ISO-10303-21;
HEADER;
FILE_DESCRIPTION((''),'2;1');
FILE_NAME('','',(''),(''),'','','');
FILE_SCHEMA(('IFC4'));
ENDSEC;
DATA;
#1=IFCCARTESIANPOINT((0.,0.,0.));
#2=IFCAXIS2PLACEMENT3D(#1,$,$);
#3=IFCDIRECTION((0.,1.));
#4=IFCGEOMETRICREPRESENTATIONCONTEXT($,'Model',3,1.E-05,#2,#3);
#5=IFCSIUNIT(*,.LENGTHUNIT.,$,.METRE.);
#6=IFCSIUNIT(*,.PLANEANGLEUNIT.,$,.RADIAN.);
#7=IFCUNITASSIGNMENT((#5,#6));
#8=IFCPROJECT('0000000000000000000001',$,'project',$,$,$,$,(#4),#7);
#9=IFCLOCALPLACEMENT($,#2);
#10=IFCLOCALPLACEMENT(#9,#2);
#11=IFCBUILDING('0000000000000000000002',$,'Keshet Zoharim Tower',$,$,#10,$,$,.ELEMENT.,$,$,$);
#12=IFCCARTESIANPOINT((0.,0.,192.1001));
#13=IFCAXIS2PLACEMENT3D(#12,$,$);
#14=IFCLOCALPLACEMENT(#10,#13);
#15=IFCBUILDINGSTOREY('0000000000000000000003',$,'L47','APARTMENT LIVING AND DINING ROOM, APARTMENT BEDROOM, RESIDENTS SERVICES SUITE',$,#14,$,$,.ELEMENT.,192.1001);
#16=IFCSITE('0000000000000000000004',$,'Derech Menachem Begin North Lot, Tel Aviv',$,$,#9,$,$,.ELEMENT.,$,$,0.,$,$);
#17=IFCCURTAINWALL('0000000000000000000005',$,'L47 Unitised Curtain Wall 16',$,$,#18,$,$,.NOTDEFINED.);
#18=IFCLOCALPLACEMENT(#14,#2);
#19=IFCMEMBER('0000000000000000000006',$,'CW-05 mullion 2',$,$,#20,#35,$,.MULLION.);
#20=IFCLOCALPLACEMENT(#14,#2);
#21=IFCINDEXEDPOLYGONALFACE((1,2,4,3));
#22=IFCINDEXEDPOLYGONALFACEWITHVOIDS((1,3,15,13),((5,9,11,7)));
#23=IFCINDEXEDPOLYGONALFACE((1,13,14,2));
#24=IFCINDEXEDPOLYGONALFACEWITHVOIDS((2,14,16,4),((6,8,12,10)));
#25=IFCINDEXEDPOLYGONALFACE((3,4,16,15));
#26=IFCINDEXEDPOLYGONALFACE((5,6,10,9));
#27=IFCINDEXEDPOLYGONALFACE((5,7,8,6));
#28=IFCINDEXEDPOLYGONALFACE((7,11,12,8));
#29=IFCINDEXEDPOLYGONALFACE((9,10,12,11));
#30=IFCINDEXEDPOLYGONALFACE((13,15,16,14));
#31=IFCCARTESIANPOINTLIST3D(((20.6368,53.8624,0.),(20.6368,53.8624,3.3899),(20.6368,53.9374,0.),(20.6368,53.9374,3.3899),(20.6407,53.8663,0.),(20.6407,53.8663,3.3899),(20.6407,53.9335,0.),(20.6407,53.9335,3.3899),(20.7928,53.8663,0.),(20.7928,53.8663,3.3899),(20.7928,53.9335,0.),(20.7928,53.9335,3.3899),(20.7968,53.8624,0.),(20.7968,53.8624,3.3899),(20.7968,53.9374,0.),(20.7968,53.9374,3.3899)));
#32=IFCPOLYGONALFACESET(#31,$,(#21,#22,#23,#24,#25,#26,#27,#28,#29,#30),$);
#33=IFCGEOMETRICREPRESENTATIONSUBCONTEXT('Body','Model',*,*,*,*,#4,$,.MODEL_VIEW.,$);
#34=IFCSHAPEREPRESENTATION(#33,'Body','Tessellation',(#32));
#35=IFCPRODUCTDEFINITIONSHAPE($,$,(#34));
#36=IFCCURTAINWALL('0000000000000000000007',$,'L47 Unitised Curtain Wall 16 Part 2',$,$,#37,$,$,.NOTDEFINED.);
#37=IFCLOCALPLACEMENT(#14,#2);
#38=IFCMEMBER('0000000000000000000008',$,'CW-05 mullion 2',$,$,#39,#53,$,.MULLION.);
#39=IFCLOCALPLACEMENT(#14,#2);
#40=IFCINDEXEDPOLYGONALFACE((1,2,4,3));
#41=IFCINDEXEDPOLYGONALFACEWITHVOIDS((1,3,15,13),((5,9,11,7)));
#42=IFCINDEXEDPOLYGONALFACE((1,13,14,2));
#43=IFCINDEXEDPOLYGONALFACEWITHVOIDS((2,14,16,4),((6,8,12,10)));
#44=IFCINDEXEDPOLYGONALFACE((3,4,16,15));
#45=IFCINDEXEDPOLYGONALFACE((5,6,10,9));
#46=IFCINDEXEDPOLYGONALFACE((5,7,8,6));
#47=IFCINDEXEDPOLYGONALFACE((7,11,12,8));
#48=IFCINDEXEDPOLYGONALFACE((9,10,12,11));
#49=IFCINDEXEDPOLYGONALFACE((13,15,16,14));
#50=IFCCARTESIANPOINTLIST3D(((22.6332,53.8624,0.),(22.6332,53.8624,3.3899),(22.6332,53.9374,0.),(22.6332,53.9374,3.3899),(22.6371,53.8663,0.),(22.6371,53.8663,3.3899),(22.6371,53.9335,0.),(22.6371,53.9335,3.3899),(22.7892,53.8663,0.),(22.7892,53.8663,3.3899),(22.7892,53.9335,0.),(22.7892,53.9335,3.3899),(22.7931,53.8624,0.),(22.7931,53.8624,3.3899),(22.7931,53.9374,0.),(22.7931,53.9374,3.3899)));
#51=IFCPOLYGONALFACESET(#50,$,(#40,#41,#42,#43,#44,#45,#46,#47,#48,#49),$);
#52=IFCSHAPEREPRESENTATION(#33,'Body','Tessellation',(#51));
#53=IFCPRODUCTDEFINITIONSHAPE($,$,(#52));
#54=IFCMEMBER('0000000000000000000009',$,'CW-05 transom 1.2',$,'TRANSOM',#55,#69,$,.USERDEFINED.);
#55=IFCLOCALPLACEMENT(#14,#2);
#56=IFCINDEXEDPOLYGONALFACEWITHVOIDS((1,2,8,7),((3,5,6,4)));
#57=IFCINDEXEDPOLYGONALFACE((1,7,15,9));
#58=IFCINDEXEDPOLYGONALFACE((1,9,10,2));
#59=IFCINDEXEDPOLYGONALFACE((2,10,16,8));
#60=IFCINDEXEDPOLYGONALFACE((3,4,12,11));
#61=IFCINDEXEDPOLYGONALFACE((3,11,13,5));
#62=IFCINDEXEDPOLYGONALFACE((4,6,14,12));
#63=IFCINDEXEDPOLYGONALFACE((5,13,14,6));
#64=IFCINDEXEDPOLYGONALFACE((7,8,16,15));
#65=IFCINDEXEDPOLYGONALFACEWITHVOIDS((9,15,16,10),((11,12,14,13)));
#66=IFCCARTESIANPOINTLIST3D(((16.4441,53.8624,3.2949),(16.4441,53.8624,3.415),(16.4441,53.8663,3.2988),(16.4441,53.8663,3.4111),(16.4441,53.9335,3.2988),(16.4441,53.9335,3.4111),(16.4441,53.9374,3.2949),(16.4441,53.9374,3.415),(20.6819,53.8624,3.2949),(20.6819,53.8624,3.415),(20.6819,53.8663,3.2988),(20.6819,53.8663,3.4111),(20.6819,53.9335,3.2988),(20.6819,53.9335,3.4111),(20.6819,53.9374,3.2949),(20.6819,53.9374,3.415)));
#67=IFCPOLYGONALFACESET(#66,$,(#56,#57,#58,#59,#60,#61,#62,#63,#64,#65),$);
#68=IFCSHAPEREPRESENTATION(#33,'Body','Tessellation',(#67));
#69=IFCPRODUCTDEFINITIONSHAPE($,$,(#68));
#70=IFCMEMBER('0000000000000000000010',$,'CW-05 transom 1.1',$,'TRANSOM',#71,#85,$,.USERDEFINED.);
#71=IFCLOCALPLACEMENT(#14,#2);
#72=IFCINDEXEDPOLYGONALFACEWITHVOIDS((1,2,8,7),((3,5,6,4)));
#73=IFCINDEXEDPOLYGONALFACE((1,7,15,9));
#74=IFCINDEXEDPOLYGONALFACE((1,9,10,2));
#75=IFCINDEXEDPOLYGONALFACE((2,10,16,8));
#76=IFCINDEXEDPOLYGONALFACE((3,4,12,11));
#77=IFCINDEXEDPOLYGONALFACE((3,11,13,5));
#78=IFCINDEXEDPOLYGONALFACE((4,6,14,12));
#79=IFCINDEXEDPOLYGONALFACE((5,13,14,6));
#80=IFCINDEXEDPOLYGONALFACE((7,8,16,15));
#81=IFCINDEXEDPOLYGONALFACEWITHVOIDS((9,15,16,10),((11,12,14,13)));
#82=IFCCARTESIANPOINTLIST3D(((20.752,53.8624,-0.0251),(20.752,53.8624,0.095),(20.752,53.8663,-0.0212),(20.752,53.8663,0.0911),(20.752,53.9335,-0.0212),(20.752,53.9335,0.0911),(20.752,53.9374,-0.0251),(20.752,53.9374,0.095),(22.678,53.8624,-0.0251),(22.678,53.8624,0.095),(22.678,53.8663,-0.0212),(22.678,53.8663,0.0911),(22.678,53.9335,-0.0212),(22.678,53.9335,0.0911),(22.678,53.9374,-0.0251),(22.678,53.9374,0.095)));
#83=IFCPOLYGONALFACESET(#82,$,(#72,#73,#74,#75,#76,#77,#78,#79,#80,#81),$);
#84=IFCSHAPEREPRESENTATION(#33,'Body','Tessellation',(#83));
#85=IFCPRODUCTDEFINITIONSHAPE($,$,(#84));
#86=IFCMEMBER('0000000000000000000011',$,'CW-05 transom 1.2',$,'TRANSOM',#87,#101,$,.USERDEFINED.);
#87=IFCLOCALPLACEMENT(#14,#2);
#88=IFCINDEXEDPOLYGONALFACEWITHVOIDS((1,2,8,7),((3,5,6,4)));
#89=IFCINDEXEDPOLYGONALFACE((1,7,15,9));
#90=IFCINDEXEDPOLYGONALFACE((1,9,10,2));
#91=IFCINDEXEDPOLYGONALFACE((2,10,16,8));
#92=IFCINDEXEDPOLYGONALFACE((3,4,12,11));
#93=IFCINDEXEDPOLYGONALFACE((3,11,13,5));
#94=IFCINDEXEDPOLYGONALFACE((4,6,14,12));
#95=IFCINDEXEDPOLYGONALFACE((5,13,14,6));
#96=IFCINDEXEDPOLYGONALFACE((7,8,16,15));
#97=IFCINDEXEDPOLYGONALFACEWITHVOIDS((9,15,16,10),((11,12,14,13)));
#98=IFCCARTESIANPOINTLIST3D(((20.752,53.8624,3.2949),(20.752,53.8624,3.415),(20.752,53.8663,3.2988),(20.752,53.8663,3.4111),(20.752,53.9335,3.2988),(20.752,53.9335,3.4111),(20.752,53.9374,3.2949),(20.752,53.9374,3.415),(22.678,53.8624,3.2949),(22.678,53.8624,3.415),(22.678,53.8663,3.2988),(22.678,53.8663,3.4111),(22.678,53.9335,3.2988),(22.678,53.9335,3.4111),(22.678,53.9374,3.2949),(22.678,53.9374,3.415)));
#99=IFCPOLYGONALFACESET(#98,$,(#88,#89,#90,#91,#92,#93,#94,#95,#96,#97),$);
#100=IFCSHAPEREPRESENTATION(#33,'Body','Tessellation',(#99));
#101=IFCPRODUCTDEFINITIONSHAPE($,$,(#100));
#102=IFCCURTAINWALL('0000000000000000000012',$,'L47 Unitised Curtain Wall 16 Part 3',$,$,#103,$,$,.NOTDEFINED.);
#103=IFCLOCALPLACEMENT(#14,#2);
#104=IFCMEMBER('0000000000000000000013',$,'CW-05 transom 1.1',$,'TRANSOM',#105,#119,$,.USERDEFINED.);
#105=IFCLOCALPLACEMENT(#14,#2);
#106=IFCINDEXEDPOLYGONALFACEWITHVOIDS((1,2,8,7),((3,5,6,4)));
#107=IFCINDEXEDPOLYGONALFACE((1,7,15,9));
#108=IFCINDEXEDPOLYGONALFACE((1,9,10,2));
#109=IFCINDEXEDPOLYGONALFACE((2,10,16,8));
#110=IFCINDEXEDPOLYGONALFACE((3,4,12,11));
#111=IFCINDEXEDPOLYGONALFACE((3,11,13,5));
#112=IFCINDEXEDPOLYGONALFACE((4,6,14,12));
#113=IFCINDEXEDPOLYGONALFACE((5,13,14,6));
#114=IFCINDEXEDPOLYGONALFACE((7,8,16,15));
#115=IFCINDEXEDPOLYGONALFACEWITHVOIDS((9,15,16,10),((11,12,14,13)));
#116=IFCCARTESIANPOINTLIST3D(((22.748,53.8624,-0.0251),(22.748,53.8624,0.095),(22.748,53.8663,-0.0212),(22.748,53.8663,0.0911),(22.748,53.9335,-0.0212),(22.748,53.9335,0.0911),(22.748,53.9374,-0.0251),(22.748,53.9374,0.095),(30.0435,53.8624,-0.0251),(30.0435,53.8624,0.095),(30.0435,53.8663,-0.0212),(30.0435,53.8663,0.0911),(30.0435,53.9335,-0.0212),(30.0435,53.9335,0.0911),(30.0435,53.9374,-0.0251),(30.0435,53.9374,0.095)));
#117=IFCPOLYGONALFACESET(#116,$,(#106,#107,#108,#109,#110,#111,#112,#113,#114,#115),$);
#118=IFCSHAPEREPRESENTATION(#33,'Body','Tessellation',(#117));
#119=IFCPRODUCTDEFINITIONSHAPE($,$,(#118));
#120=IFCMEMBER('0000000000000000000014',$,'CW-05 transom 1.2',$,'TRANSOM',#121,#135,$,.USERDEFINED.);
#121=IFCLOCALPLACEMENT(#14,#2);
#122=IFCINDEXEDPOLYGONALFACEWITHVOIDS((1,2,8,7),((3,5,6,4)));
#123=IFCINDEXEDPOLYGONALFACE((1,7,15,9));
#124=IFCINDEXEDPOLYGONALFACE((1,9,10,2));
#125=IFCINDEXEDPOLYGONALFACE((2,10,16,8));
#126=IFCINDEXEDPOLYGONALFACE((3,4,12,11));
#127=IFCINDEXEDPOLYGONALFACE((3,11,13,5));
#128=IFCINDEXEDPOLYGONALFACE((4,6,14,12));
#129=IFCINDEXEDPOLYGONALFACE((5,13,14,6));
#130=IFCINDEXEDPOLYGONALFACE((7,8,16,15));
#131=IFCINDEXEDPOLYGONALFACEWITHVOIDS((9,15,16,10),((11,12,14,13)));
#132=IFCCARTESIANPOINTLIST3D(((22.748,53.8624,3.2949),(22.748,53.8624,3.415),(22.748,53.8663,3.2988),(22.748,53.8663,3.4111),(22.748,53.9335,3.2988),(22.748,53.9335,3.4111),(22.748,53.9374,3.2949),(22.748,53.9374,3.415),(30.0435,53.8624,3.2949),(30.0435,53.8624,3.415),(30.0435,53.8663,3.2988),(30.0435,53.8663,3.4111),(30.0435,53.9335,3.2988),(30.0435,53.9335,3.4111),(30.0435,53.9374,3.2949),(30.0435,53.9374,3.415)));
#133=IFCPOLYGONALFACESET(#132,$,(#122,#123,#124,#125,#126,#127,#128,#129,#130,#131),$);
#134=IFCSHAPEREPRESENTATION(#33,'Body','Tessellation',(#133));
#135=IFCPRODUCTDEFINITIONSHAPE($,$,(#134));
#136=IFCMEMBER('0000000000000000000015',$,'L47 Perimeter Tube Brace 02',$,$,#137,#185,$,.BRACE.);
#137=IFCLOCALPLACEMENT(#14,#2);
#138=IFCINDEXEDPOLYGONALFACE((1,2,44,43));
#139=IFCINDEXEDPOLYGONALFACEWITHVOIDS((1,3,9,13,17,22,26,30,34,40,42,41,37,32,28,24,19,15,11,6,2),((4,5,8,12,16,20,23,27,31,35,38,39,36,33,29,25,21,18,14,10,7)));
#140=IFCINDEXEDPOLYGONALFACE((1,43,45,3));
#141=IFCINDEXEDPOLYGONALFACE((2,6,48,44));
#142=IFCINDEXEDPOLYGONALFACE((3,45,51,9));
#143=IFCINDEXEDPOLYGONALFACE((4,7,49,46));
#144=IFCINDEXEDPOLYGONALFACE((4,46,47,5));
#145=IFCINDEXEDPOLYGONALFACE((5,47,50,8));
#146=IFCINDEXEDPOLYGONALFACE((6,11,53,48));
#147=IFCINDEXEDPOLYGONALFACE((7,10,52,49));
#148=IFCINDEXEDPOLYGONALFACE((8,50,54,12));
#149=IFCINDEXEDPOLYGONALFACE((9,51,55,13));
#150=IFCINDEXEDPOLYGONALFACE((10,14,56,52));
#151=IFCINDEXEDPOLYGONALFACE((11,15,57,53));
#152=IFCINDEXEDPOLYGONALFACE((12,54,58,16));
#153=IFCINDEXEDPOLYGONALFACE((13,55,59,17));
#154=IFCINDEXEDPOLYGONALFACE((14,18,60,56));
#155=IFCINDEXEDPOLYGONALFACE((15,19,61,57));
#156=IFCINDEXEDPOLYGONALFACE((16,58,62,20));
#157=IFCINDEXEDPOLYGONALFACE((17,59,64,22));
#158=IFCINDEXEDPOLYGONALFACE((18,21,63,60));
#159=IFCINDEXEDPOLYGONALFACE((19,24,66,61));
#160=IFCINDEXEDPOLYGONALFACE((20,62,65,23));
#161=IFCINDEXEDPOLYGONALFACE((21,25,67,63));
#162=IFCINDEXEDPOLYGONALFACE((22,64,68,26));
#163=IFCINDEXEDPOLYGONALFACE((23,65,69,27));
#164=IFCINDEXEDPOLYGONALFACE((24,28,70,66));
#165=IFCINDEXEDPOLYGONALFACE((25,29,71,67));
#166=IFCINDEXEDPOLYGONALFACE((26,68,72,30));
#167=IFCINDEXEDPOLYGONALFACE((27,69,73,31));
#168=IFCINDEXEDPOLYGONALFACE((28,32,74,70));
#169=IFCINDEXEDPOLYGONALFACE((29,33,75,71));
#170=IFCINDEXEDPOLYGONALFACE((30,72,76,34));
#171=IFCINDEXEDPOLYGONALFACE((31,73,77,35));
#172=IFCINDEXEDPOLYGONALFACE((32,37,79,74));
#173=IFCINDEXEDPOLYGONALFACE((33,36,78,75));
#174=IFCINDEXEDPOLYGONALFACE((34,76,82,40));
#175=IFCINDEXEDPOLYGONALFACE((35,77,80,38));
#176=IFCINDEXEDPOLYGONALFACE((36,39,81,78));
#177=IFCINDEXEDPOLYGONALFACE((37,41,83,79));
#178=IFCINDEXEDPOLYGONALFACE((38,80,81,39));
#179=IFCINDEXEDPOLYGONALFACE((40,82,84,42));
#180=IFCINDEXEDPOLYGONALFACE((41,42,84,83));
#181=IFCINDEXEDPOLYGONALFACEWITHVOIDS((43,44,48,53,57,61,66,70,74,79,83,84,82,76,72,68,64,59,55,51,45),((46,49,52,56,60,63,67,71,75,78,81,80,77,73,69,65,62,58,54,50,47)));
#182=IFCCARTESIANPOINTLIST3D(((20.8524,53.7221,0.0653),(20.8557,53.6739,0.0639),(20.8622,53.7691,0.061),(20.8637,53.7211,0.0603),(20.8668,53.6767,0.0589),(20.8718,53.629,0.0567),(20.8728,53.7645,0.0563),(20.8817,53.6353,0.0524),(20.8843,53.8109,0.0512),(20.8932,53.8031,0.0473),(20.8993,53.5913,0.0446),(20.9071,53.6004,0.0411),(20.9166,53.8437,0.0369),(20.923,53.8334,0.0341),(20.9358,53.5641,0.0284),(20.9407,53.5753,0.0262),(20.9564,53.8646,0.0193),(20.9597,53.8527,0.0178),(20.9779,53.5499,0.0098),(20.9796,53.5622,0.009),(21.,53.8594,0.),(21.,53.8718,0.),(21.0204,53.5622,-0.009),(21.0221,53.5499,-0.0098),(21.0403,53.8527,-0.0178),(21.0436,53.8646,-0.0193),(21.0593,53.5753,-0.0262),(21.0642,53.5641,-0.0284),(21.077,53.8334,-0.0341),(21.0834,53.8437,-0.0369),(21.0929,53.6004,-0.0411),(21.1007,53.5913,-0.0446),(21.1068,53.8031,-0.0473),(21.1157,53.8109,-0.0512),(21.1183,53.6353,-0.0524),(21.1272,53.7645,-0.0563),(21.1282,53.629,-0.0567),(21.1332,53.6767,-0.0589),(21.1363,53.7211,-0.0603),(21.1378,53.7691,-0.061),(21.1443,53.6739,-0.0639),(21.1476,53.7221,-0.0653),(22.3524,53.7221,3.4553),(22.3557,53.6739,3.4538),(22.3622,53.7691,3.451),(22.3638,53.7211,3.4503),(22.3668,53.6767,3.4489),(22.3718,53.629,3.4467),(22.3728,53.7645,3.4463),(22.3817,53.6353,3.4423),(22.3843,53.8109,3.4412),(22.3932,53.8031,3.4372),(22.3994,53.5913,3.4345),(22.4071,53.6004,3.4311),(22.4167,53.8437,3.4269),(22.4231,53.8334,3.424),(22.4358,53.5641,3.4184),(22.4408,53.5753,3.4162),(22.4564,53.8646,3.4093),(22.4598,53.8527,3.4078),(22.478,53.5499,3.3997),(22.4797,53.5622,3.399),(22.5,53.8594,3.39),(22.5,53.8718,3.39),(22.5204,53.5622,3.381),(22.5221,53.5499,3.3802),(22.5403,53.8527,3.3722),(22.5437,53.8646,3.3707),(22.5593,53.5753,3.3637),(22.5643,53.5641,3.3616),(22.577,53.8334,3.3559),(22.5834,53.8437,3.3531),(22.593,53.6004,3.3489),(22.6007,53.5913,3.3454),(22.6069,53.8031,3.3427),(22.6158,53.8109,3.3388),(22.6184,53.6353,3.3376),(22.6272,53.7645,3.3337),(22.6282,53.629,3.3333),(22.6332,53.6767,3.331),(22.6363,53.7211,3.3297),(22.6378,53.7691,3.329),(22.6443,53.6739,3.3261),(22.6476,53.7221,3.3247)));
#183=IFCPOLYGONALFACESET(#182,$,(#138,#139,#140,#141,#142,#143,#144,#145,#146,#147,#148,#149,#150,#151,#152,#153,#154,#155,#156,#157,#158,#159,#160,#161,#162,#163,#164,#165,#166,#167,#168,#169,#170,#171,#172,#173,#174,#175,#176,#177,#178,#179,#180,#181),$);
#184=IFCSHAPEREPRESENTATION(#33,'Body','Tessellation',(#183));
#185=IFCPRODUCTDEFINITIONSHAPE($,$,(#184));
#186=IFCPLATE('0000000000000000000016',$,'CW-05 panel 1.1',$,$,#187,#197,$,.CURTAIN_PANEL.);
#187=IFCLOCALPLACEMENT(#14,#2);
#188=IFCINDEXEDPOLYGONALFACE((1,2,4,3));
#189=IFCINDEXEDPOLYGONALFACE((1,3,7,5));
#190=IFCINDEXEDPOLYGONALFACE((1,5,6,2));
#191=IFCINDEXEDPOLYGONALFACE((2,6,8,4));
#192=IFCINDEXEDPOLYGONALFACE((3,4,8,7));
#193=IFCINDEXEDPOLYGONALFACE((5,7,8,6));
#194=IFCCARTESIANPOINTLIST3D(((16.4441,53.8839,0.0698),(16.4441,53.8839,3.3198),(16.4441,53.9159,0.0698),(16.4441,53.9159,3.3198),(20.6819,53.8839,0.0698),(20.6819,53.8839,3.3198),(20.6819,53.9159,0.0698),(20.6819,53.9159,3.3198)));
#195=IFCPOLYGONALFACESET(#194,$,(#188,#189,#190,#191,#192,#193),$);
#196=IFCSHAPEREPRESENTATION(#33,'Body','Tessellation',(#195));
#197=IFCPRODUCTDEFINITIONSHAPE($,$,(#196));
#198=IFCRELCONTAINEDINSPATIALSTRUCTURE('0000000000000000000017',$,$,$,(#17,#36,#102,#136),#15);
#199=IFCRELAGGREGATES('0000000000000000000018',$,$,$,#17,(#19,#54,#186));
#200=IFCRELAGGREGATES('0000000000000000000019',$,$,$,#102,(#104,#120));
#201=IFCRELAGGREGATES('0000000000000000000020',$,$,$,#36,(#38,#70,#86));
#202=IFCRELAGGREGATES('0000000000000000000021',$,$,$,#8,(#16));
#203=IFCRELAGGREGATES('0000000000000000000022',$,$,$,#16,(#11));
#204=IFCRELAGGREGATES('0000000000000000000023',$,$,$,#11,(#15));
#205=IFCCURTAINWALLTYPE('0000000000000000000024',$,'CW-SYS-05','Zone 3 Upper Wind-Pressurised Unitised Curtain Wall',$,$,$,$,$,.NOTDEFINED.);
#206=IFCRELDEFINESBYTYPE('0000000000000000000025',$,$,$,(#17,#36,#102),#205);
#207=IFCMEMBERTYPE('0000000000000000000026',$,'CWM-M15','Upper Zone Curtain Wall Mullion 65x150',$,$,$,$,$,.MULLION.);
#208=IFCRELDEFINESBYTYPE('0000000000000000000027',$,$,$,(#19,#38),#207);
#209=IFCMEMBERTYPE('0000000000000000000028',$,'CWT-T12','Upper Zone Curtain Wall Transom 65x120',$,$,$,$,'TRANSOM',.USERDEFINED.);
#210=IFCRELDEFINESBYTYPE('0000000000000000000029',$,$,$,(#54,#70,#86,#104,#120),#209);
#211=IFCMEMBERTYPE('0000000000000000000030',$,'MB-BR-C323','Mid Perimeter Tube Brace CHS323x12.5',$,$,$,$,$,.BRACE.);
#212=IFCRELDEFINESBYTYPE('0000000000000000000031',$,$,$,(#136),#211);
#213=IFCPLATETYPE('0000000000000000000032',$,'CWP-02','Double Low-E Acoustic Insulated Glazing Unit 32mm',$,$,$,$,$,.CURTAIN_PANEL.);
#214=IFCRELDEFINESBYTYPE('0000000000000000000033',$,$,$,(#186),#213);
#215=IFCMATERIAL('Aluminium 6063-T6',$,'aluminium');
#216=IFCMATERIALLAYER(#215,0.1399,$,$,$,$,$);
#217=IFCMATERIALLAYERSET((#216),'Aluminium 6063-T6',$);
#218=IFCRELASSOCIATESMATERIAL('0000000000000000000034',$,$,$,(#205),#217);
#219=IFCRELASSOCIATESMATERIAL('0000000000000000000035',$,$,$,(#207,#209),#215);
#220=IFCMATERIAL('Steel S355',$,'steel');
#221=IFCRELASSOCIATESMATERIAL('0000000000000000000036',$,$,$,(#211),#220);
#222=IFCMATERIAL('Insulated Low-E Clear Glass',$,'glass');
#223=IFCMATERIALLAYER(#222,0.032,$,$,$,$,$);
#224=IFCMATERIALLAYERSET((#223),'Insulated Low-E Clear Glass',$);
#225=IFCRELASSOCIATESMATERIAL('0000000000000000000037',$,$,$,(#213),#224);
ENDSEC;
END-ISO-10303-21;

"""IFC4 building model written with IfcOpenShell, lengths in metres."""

from ifc_helpers import new_model, si_unit, direction, frame, origin, origin_2d, place, context, subcontext, project, spatial, rectangle, hollow_rectangle, hollow_circle, extrude, material, layer, layer_set, material_profile, profile_set, type_object, element, aggregate, save


model = new_model("IFC4")

# Units and contexts
model_context = context("Model", 3, precision=1e-05, world=origin(), true_north=direction((0.0, 1.0)))
body_context = subcontext(model_context, "Body", "Model", "MODEL_VIEW")
ifc_project = project(units=[si_unit("LENGTHUNIT", "METRE"), si_unit("PLANEANGLEUNIT", "RADIAN")], contexts=[model_context])

# Site, building, storey
site_placement = place(None, origin())
site = spatial("IfcSite", under=ifc_project, at=site_placement, Name="Derech Menachem Begin North Lot, Tel Aviv", CompositionType="ELEMENT", RefElevation=0.0)
building_placement = place(site_placement, origin())
building = spatial("IfcBuilding", under=site, at=building_placement, Name="Keshet Zoharim Tower", CompositionType="ELEMENT")
storey_placement = place(building_placement, frame((0.0, 0.0, 192.1001)))
storey = spatial("IfcBuildingStorey", under=building, at=storey_placement, Name="L47", Description="APARTMENT LIVING AND DINING ROOM, APARTMENT BEDROOM, RESIDENTS SERVICES SUITE", CompositionType="ELEMENT", Elevation=192.1001)

# Shared definitions
ifc_material_1 = material(Name="Steel S355", Category="steel")

# Curtain walls, members
ifc_material_2 = material(Name="Aluminium 6063-T6", Category="aluminium")
ifc_layer_1 = layer(ifc_material_2, 0.1399)
ifc_layer_set_1 = layer_set([ifc_layer_1], Name="Aluminium 6063-T6")
curtain_wall_type = type_object("IfcCurtainWallType", Name="CW-SYS-05", Description="Zone 3 Upper Wind-Pressurised Unitised Curtain Wall", PredefinedType="NOTDEFINED", material=ifc_layer_set_1)
curtain_wall_1_placement = place(storey_placement, origin())
curtain_wall_1 = element("IfcCurtainWall", 1, at=curtain_wall_1_placement, inside=storey, type_object=curtain_wall_type, Name="L47 Unitised Curtain Wall 16", PredefinedType="NOTDEFINED")
ifc_material_profile_1 = material_profile(ifc_material_2, hollow_rectangle(XDim=0.075, YDim=0.1599, WallThickness=0.0039, at=origin_2d()), Name="MUL-75x160")
ifc_profile_set_1 = profile_set([ifc_material_profile_1], Name="Aluminium 6063-T6")
member_type_1 = type_object("IfcMemberType", Name="CWM-M15", Description="Upper Zone Curtain Wall Mullion 65x150", PredefinedType="MULLION", material=ifc_profile_set_1)
member_1_placement = place(storey_placement, frame((20.7168, 53.8999, 0.0), z_axis=(0.0, 0.0, 1.0), x_axis=(0.0, 1.0, 0.0)))
member_1 = element("IfcMember", 2, at=member_1_placement, type_object=member_type_1, Name="CW-05 mullion 2", PredefinedType="MULLION", context=body_context, shape_type="SweptSolid", body=[
    extrude(hollow_rectangle(XDim=0.075, YDim=0.1599, WallThickness=0.0039, at=origin_2d()), origin(), (0.0, 0.0, 1.0), 3.3899),
])
curtain_wall_2_placement = place(storey_placement, origin())
curtain_wall_2 = element("IfcCurtainWall", 3, at=curtain_wall_2_placement, inside=storey, type_object=curtain_wall_type, Name="L47 Unitised Curtain Wall 16 Part 2", PredefinedType="NOTDEFINED")
member_2_placement = place(storey_placement, frame((22.7131, 53.8999, 0.0), z_axis=(0.0, 0.0, 1.0), x_axis=(0.0, 1.0, 0.0)))
member_2 = element("IfcMember", 4, at=member_2_placement, type_object=member_type_1, Name="CW-05 mullion 2", PredefinedType="MULLION", context=body_context, shape_type="SweptSolid", body=[
    extrude(hollow_rectangle(XDim=0.075, YDim=0.1599, WallThickness=0.0039, at=origin_2d()), origin(), (0.0, 0.0, 1.0), 3.3899),
])

# Members
ifc_material_profile_2 = material_profile(ifc_material_2, hollow_rectangle(XDim=0.075, YDim=0.1201, WallThickness=0.0039, at=origin_2d()), Name="TRN-75x120")
ifc_profile_set_2 = profile_set([ifc_material_profile_2], Name="Aluminium 6063-T6")
member_type_2 = type_object("IfcMemberType", Name="CWT-T12", Description="Upper Zone Curtain Wall Transom 65x120", ElementType="TRANSOM", PredefinedType="USERDEFINED", material=ifc_profile_set_2)
member_3_placement = place(storey_placement, frame((16.4441, 53.8999, 3.355), z_axis=(1.0, 0.0, 0.0), x_axis=(0.0, 1.0, 0.0)))
member_3 = element("IfcMember", 5, at=member_3_placement, type_object=member_type_2, Name="CW-05 transom 1.2", ObjectType="TRANSOM", PredefinedType="USERDEFINED", context=body_context, shape_type="SweptSolid", body=[
    extrude(hollow_rectangle(XDim=0.075, YDim=0.1201, WallThickness=0.0039, at=origin_2d()), origin(), (0.0, 0.0, 1.0), 4.2378),
])
member_4_placement = place(storey_placement, frame((20.752, 53.8999, 0.0349), z_axis=(1.0, 0.0, 0.0), x_axis=(0.0, 1.0, 0.0)))
member_4 = element("IfcMember", 6, at=member_4_placement, type_object=member_type_2, Name="CW-05 transom 1.1", ObjectType="TRANSOM", PredefinedType="USERDEFINED", context=body_context, shape_type="SweptSolid", body=[
    extrude(hollow_rectangle(XDim=0.075, YDim=0.1201, WallThickness=0.0039, at=origin_2d()), origin(), (0.0, 0.0, 1.0), 1.926),
])
member_5_placement = place(storey_placement, frame((20.752, 53.8999, 3.355), z_axis=(1.0, 0.0, 0.0), x_axis=(0.0, 1.0, 0.0)))
member_5 = element("IfcMember", 7, at=member_5_placement, type_object=member_type_2, Name="CW-05 transom 1.2", ObjectType="TRANSOM", PredefinedType="USERDEFINED", context=body_context, shape_type="SweptSolid", body=[
    extrude(hollow_rectangle(XDim=0.075, YDim=0.1201, WallThickness=0.0039, at=origin_2d()), origin(), (0.0, 0.0, 1.0), 1.926),
])

# Curtain wall, members
curtain_wall_3_placement = place(storey_placement, origin())
curtain_wall_3 = element("IfcCurtainWall", 8, at=curtain_wall_3_placement, inside=storey, type_object=curtain_wall_type, Name="L47 Unitised Curtain Wall 16 Part 3", PredefinedType="NOTDEFINED")
member_6_placement = place(storey_placement, frame((22.748, 53.8999, 0.0349), z_axis=(1.0, 0.0, 0.0), x_axis=(0.0, 1.0, 0.0)))
member_6 = element("IfcMember", 9, at=member_6_placement, type_object=member_type_2, Name="CW-05 transom 1.1", ObjectType="TRANSOM", PredefinedType="USERDEFINED", context=body_context, shape_type="SweptSolid", body=[
    extrude(hollow_rectangle(XDim=0.075, YDim=0.1201, WallThickness=0.0039, at=origin_2d()), origin(), (0.0, 0.0, 1.0), 7.2954),
])
member_7_placement = place(storey_placement, frame((22.748, 53.8999, 3.355), z_axis=(1.0, 0.0, 0.0), x_axis=(0.0, 1.0, 0.0)))
member_7 = element("IfcMember", 10, at=member_7_placement, type_object=member_type_2, Name="CW-05 transom 1.2", ObjectType="TRANSOM", PredefinedType="USERDEFINED", context=body_context, shape_type="SweptSolid", body=[
    extrude(hollow_rectangle(XDim=0.075, YDim=0.1201, WallThickness=0.0039, at=origin_2d()), origin(), (0.0, 0.0, 1.0), 7.2954),
])

# Member
ifc_material_profile_3 = material_profile(ifc_material_1, hollow_circle(Radius=0.1619, WallThickness=0.0125, at=origin_2d()), Name="CHS323x12.5")
ifc_profile_set_3 = profile_set([ifc_material_profile_3], Name="Steel S355")
member_type_3 = type_object("IfcMemberType", Name="MB-BR-C323", Description="Mid Perimeter Tube Brace CHS323x12.5", PredefinedType="BRACE", material=ifc_profile_set_3)
member_8_placement = place(storey_placement, frame((21.0, 53.71, 0.0), z_axis=(0.404647, 0.0, 0.914473), x_axis=(0.0, 1.0, 0.0)))
element("IfcMember", 11, at=member_8_placement, inside=storey, type_object=member_type_3, Name="L47 Perimeter Tube Brace 02", PredefinedType="BRACE", context=body_context, shape_type="SweptSolid", body=[
    extrude(hollow_circle(Radius=0.1619, WallThickness=0.0125, at=origin_2d()), origin(), (0.0, 0.0, 1.0), 3.707),
])

# Plate
ifc_material_3 = material(Name="Insulated Low-E Clear Glass", Category="glass")
ifc_layer_2 = layer(ifc_material_3, 0.032)
ifc_layer_set_2 = layer_set([ifc_layer_2], Name="Insulated Low-E Clear Glass")
plate_type_1 = type_object("IfcPlateType", Name="CWP-02", Description="Double Low-E Acoustic Insulated Glazing Unit 32mm", PredefinedType="CURTAIN_PANEL", material=ifc_layer_set_2)
plate_1_placement = place(storey_placement, frame((18.563, 53.8999, 0.0698), z_axis=(0.0, 0.0, 1.0), x_axis=(1.0, 0.0, 0.0)))
plate_1 = element("IfcPlate", 12, at=plate_1_placement, type_object=plate_type_1, Name="CW-05 panel 1.1", PredefinedType="CURTAIN_PANEL", context=body_context, shape_type="SweptSolid", body=[
    extrude(rectangle(XDim=4.2378, YDim=0.032, at=origin_2d()), origin(), (0.0, 0.0, 1.0), 3.25),
])
aggregate(curtain_wall_1, [member_1, member_3, plate_1])
aggregate(curtain_wall_3, [member_6, member_7])
aggregate(curtain_wall_2, [member_2, member_4, member_5])

save(model, "model.ifc")
